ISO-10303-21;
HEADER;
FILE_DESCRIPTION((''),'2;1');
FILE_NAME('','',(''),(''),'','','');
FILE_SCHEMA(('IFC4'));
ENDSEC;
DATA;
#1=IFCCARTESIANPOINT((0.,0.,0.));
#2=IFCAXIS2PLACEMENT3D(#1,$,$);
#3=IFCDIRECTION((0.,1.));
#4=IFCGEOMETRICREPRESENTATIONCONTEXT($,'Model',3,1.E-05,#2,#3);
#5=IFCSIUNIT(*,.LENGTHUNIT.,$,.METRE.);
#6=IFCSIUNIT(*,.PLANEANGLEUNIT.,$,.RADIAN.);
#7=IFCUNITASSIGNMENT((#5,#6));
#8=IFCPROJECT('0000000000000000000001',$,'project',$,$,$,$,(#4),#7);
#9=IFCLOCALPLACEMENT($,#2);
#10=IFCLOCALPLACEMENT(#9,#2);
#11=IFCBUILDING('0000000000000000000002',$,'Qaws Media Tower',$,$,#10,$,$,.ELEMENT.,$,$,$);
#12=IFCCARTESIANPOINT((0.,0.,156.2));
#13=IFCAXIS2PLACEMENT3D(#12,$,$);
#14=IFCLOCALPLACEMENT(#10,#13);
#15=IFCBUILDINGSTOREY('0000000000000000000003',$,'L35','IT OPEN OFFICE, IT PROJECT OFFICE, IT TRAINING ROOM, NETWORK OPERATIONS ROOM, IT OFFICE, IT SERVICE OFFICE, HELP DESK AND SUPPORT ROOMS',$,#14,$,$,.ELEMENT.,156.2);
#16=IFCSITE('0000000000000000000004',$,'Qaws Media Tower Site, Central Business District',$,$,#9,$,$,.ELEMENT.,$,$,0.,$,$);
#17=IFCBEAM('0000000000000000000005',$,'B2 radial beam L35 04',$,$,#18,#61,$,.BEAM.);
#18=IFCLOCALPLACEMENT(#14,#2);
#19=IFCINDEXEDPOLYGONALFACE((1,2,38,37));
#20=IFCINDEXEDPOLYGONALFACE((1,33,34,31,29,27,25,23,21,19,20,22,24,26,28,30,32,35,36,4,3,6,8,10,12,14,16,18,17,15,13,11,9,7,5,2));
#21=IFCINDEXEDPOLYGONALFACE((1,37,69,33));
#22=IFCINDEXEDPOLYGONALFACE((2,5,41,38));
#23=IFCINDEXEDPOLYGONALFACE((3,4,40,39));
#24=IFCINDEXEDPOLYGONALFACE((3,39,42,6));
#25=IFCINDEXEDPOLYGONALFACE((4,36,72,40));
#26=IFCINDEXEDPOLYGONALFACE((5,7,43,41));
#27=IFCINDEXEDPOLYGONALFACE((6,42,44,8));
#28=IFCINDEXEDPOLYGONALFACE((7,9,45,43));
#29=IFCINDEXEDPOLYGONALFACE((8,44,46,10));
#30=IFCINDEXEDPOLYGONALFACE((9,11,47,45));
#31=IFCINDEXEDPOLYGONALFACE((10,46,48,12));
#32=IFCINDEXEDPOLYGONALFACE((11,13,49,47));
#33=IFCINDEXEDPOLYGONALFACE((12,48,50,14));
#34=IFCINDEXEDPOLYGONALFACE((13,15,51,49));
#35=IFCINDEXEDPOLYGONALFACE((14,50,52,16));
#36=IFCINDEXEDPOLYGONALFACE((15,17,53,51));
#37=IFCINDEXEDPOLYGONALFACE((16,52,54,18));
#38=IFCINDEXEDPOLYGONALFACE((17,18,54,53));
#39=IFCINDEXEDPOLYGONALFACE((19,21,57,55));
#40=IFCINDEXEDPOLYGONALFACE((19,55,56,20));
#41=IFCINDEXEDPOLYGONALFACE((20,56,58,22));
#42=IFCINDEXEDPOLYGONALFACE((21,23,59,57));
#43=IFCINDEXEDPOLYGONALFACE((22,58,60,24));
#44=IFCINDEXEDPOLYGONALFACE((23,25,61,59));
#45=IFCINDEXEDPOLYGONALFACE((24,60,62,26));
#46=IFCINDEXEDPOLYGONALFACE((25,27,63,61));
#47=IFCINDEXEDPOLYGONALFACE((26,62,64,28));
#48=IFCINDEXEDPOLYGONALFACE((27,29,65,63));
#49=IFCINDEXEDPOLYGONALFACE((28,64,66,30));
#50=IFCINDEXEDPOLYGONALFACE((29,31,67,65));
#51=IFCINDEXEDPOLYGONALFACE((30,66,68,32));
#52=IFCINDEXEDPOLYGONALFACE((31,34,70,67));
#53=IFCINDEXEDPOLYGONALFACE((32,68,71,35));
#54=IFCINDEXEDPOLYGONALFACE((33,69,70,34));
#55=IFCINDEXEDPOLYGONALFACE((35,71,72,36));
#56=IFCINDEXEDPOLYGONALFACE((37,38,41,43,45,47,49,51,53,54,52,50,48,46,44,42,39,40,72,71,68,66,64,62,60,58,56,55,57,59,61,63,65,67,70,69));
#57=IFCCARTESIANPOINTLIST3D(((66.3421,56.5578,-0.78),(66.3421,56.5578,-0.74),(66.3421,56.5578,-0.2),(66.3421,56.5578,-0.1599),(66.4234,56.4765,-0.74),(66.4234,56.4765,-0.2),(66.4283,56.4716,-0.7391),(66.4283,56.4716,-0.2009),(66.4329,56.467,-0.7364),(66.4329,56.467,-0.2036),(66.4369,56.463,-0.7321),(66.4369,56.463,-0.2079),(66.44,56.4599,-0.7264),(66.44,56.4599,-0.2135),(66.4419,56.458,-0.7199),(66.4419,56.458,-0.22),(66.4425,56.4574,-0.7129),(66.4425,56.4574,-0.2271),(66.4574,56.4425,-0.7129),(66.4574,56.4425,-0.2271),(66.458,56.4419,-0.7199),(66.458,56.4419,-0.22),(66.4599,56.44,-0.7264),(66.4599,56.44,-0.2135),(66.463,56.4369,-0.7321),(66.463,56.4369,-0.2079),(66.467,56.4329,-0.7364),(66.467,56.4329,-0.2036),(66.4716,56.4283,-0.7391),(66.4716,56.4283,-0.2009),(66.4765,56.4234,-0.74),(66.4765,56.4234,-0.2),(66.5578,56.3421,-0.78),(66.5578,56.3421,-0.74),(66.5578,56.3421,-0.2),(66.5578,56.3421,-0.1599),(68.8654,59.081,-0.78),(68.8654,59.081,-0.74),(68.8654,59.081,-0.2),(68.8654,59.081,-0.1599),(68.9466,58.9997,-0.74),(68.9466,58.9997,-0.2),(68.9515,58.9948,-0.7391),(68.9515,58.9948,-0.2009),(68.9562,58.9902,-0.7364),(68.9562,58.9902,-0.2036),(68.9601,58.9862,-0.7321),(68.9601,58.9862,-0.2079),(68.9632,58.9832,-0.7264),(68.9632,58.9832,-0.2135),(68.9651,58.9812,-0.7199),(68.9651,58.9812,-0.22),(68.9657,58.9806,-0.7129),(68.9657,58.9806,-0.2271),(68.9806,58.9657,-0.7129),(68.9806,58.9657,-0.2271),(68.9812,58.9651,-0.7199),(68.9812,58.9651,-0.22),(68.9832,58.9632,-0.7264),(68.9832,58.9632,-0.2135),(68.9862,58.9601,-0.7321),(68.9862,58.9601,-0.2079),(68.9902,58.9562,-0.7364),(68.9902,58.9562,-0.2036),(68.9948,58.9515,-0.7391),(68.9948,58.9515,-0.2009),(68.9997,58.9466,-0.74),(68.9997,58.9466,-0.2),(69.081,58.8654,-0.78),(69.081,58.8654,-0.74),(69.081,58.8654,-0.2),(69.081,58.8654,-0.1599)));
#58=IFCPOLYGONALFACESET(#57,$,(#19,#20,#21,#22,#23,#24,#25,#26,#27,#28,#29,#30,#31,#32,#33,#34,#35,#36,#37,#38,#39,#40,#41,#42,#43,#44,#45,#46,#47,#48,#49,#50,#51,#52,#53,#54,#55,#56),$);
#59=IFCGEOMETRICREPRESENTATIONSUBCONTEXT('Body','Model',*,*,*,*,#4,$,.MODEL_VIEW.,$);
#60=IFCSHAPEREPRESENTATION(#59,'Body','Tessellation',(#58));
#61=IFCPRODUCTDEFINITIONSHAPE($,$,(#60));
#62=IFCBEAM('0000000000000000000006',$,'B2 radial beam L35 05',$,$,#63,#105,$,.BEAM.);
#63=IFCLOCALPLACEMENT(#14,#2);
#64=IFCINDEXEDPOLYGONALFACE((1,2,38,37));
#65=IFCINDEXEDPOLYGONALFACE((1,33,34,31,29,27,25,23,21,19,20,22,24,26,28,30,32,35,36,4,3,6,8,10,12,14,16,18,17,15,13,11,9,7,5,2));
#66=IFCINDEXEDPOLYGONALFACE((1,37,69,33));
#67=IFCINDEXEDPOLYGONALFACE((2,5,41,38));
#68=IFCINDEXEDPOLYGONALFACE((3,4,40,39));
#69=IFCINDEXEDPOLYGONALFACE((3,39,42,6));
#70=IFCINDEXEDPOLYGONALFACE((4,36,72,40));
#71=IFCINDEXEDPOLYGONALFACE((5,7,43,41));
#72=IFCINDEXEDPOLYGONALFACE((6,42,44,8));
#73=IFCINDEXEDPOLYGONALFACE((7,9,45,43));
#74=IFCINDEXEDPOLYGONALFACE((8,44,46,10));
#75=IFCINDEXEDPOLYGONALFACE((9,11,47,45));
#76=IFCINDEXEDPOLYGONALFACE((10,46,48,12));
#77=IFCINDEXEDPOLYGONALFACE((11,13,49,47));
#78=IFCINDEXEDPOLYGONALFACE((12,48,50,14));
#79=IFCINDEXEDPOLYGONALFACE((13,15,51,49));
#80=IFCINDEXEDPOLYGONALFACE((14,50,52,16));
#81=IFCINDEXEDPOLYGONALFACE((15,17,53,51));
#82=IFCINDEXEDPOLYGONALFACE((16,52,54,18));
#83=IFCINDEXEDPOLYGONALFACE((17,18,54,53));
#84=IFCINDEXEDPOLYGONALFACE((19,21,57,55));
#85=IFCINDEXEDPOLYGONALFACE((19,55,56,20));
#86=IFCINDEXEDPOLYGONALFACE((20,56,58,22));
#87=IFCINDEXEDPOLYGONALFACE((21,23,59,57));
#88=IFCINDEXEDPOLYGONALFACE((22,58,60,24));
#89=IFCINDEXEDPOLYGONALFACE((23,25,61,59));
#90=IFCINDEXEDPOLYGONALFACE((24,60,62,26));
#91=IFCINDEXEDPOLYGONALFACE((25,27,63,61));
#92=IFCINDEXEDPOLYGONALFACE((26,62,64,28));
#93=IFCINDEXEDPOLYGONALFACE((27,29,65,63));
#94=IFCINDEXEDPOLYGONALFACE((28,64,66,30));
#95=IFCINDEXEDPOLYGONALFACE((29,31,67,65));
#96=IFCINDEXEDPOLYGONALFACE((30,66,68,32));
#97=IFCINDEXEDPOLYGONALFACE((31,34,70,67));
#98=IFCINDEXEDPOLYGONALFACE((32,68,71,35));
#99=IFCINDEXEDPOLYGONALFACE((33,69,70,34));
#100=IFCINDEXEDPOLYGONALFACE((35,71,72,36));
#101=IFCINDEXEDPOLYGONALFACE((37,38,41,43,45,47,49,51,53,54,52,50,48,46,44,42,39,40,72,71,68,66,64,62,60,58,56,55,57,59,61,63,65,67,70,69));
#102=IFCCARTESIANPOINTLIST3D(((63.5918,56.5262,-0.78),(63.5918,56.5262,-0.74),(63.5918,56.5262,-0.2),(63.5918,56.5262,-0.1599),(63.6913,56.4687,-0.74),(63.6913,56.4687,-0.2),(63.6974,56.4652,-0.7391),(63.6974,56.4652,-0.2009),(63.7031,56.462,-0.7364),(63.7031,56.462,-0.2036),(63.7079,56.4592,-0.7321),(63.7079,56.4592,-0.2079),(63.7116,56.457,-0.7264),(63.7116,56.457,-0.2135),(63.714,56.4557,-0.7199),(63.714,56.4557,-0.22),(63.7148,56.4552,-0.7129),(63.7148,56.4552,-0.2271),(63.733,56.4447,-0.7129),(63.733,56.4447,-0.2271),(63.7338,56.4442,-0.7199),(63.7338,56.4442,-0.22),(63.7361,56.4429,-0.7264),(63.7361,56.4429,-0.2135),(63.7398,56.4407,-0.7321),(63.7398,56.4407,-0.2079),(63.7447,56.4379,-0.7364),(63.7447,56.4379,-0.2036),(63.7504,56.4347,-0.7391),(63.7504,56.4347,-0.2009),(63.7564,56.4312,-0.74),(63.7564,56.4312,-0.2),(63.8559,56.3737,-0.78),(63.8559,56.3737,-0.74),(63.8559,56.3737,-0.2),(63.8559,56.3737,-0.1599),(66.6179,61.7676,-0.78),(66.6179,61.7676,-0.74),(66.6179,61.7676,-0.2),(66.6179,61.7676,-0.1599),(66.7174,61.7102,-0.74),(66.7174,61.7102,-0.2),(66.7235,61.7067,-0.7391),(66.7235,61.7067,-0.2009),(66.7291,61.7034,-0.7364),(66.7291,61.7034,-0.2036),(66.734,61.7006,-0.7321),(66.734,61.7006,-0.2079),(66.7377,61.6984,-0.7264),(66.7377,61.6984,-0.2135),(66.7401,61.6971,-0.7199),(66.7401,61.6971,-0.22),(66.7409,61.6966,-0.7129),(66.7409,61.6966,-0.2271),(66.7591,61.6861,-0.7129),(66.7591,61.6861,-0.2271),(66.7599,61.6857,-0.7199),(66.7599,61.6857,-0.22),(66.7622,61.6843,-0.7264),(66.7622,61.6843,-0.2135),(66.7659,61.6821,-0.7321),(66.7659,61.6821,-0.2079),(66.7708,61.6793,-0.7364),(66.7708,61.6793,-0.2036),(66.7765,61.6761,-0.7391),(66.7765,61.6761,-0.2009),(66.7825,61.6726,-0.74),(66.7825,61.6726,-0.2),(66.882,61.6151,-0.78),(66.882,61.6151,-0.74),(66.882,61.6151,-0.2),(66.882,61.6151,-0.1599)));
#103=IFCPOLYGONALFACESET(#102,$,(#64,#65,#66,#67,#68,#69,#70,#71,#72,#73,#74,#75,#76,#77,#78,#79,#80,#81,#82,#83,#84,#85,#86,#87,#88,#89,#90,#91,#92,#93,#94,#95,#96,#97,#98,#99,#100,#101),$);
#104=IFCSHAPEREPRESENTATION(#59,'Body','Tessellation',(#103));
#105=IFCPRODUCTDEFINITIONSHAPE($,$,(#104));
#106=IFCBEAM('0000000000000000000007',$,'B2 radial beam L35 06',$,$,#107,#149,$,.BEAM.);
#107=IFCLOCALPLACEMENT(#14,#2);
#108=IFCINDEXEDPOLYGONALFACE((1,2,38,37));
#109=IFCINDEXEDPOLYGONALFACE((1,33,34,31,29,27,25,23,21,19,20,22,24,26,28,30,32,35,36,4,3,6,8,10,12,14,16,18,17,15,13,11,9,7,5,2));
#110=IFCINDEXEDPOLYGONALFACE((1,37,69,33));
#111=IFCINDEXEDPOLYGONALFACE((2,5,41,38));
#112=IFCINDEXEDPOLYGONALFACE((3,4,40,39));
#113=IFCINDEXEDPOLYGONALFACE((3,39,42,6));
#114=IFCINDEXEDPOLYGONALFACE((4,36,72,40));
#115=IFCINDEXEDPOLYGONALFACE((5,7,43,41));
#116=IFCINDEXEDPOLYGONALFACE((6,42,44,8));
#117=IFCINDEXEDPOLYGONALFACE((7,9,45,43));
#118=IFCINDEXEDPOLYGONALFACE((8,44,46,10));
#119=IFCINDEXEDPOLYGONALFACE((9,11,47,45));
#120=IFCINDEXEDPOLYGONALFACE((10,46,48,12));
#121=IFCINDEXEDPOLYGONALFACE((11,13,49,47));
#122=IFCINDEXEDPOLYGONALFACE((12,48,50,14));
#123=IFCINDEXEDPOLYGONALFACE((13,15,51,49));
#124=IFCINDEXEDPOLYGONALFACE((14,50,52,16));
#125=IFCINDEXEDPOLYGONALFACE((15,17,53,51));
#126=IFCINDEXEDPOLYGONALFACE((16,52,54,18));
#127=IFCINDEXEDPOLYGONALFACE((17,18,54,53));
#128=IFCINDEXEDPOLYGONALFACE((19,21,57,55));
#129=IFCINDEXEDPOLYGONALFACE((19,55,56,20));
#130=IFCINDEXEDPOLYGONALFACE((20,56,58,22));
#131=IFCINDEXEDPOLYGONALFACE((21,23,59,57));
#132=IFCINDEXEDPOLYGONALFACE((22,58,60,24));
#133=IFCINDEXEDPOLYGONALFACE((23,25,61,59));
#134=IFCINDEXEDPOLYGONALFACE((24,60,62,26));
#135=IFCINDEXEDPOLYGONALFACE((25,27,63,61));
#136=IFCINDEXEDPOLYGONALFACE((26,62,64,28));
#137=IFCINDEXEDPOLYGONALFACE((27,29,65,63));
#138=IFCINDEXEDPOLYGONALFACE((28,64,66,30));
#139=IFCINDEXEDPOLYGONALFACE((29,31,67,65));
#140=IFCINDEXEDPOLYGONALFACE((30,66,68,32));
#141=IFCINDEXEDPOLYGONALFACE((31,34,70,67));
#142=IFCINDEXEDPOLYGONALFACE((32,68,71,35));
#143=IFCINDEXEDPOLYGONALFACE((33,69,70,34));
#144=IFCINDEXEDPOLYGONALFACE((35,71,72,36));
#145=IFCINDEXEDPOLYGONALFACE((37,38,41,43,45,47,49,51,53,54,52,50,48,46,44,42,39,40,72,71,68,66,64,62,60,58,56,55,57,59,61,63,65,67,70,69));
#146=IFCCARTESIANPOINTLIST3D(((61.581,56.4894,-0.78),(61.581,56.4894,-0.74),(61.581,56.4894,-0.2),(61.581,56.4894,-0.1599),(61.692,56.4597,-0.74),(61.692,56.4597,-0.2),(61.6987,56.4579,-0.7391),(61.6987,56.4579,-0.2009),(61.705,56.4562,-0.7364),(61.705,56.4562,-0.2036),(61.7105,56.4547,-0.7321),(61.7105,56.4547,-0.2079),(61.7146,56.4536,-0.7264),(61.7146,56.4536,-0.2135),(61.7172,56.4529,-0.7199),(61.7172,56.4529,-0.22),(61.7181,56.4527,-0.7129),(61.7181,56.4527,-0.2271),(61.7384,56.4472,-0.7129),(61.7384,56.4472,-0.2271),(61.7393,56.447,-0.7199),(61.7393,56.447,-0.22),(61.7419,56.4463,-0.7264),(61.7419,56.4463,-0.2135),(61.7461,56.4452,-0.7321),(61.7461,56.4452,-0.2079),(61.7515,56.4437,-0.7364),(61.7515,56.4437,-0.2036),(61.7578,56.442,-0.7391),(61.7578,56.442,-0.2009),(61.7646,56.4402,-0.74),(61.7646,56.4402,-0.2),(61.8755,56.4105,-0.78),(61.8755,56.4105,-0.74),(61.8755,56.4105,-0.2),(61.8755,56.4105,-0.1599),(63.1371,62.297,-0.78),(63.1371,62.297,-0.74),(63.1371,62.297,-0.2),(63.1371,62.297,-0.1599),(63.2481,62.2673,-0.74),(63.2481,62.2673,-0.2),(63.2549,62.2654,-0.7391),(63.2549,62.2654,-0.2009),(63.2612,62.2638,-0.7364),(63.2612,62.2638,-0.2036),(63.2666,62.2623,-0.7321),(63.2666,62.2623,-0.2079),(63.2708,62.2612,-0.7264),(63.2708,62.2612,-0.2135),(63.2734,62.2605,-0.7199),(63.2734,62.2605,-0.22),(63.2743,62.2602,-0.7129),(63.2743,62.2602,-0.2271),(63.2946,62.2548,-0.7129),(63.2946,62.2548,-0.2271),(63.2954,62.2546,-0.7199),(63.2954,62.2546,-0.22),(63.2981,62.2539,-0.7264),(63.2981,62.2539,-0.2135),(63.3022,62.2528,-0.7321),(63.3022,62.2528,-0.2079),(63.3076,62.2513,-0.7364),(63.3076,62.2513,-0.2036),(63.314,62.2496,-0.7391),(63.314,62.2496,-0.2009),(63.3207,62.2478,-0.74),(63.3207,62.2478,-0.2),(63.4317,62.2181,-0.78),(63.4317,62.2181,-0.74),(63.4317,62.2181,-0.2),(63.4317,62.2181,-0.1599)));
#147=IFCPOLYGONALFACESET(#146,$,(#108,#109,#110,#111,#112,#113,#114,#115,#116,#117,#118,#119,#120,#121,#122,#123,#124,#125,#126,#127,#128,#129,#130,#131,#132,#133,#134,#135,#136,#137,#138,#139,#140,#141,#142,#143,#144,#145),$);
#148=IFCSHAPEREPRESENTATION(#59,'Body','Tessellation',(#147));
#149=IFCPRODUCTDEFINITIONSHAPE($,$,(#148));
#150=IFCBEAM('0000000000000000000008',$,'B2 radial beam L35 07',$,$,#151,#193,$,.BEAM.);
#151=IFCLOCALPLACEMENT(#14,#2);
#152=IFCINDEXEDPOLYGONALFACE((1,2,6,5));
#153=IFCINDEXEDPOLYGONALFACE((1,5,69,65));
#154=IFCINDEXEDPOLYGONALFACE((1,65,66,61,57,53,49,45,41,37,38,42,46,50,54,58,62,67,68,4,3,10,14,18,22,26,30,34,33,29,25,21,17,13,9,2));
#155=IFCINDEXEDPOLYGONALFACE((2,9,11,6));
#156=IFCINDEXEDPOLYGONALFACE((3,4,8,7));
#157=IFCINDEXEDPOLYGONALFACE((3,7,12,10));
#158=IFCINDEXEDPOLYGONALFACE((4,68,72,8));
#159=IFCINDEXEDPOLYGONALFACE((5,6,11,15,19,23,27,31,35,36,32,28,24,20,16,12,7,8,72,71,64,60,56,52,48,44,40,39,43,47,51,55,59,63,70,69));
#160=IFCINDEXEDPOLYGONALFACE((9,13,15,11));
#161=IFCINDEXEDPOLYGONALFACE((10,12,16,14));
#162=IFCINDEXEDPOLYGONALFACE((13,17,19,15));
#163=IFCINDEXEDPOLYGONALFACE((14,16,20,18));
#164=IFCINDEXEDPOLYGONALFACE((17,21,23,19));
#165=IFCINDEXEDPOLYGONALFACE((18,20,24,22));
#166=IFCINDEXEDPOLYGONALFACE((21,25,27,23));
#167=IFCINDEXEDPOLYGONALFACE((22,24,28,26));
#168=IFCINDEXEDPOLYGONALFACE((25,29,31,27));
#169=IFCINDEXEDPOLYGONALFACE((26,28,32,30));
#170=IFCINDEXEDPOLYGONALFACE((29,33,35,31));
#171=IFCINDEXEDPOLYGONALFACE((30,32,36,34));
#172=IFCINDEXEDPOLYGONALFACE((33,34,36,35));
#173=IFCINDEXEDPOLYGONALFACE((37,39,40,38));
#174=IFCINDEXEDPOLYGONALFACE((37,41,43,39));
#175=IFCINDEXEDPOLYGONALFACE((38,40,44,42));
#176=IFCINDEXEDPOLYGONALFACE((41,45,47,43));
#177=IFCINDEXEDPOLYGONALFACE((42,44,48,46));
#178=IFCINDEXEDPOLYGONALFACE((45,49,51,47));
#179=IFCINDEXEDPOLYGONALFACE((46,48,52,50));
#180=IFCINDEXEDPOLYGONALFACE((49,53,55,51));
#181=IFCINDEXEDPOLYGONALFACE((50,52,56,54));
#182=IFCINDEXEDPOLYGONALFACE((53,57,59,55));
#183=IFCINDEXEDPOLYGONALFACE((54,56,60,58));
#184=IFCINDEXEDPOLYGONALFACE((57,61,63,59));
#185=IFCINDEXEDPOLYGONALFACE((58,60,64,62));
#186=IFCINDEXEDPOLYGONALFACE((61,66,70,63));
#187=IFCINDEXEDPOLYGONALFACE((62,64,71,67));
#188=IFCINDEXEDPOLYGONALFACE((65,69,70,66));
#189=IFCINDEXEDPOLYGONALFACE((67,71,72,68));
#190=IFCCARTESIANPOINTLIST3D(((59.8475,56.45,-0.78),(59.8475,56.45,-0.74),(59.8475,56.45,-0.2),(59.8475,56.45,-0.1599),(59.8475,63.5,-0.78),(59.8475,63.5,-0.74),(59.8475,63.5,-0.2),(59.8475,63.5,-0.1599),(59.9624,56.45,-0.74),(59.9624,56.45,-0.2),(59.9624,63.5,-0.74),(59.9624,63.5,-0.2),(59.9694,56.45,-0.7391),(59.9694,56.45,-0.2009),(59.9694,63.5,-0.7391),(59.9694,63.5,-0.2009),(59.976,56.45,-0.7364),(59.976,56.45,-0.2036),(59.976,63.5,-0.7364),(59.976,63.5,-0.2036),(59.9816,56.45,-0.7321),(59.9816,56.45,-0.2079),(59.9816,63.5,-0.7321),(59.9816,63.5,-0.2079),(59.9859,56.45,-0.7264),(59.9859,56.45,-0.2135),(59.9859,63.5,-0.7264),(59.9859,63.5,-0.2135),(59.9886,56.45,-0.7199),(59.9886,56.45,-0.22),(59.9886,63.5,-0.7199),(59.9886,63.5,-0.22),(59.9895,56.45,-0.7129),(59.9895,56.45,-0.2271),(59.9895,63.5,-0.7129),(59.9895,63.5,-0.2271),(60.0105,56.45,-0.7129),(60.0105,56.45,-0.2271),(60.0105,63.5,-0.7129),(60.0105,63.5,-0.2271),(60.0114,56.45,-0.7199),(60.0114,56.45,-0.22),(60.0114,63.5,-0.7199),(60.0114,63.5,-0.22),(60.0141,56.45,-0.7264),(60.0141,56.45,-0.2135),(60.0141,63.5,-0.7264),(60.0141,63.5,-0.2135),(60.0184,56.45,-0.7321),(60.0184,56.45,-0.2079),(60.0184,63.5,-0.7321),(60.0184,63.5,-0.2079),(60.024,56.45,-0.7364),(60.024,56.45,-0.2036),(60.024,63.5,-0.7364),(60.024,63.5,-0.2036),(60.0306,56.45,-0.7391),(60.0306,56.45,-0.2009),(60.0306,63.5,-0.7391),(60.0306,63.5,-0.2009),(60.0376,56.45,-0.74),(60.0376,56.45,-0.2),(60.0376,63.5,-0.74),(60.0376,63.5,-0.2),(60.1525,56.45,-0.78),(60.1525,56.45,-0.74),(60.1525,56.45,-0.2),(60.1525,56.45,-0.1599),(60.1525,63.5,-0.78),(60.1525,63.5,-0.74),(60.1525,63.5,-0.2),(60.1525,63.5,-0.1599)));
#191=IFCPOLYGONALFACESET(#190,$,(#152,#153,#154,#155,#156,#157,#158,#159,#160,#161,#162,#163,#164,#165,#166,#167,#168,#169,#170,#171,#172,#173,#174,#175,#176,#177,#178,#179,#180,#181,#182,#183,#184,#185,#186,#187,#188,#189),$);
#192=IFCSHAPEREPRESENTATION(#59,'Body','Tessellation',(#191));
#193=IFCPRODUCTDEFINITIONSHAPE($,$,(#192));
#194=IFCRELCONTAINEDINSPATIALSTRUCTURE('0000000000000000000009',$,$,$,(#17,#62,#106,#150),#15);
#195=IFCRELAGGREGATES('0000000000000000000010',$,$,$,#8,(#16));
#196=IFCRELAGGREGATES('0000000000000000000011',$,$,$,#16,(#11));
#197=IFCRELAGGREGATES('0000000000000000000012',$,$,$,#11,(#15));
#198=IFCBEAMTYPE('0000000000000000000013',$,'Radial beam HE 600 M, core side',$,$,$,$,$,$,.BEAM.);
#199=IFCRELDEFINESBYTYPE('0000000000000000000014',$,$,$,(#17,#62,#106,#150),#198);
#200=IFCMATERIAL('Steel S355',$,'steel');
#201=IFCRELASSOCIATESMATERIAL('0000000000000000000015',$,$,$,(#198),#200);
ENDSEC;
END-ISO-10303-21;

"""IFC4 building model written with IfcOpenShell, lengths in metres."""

from ifc_helpers import new_model, si_unit, direction, frame, origin, origin_2d, place, context, subcontext, project, spatial, i_section, extrude, material, material_profile, profile_set, type_object, element, save


model = new_model("IFC4")

# Units and contexts
model_context = context("Model", 3, precision=1e-05, world=origin(), true_north=direction((0.0, 1.0)))
body_context = subcontext(model_context, "Body", "Model", "MODEL_VIEW")
ifc_project = project(units=[si_unit("LENGTHUNIT", "METRE"), si_unit("PLANEANGLEUNIT", "RADIAN")], contexts=[model_context])

# Site, building, storey
site_placement = place(None, origin())
site = spatial("IfcSite", under=ifc_project, at=site_placement, Name="Qaws Media Tower Site, Central Business District", CompositionType="ELEMENT", RefElevation=0.0)
building_placement = place(site_placement, origin())
building = spatial("IfcBuilding", under=site, at=building_placement, Name="Qaws Media Tower", CompositionType="ELEMENT")
storey_placement = place(building_placement, frame((0.0, 0.0, 156.2)))
storey = spatial("IfcBuildingStorey", under=building, at=storey_placement, Name="L35", Description="IT OPEN OFFICE, IT PROJECT OFFICE, IT TRAINING ROOM, NETWORK OPERATIONS ROOM, IT OFFICE, IT SERVICE OFFICE, HELP DESK AND SUPPORT ROOMS", CompositionType="ELEMENT", Elevation=156.2)

# Beams
ifc_material_1 = material(Name="Steel S355", Category="steel")
ifc_material_profile = material_profile(ifc_material_1, i_section(OverallWidth=0.3049, OverallDepth=0.6201, WebThickness=0.021, FlangeThickness=0.04, FilletRadius=0.0271, at=origin_2d()), Name="HE 600 M")
ifc_profile_set = profile_set([ifc_material_profile], Name="Steel S355")
beam_type = type_object("IfcBeamType", Name="Radial beam HE 600 M, core side", PredefinedType="BEAM", material=ifc_profile_set)
beam_1_placement = place(storey_placement, frame((66.45, 56.45, -0.47), z_axis=(0.707107, 0.707107, 0.0), x_axis=(-0.707107, 0.707107, 0.0)))
element("IfcBeam", 1, at=beam_1_placement, inside=storey, type_object=beam_type, Name="B2 radial beam L35 04", PredefinedType="BEAM", context=body_context, shape_type="SweptSolid", body=[
    extrude(i_section(OverallWidth=0.3049, OverallDepth=0.6201, WebThickness=0.021, FlangeThickness=0.04, FilletRadius=0.0271, at=origin_2d()), origin(), (0.0, 0.0, 1.0), 3.5684),
])
beam_2_placement = place(storey_placement, frame((63.7239, 56.45, -0.47), z_axis=(0.499996, 0.866028, 0.0), x_axis=(-0.866028, 0.499996, 0.0)))
element("IfcBeam", 2, at=beam_2_placement, inside=storey, type_object=beam_type, Name="B2 radial beam L35 05", PredefinedType="BEAM", context=body_context, shape_type="SweptSolid", body=[
    extrude(i_section(OverallWidth=0.3049, OverallDepth=0.6201, WebThickness=0.021, FlangeThickness=0.04, FilletRadius=0.0271, at=origin_2d()), origin(), (0.0, 0.0, 1.0), 6.0522),
])
beam_3_placement = place(storey_placement, frame((61.7283, 56.45, -0.47), z_axis=(0.25882, 0.965926, 0.0), x_axis=(-0.965926, 0.25882, 0.0)))
element("IfcBeam", 3, at=beam_3_placement, inside=storey, type_object=beam_type, Name="B2 radial beam L35 06", PredefinedType="BEAM", context=body_context, shape_type="SweptSolid", body=[
    extrude(i_section(OverallWidth=0.3049, OverallDepth=0.6201, WebThickness=0.021, FlangeThickness=0.04, FilletRadius=0.0271, at=origin_2d()), origin(), (0.0, 0.0, 1.0), 6.0125),
])
beam_4_placement = place(storey_placement, frame((60.0, 56.45, -0.47), z_axis=(0.0, 1.0, 0.0), x_axis=(-1.0, 0.0, 0.0)))
element("IfcBeam", 4, at=beam_4_placement, inside=storey, type_object=beam_type, Name="B2 radial beam L35 07", PredefinedType="BEAM", context=body_context, shape_type="SweptSolid", body=[
    extrude(i_section(OverallWidth=0.3049, OverallDepth=0.6201, WebThickness=0.021, FlangeThickness=0.04, FilletRadius=0.0271, at=origin_2d()), origin(), (0.0, 0.0, 1.0), 7.05),
])

save(model, "model.ifc")
